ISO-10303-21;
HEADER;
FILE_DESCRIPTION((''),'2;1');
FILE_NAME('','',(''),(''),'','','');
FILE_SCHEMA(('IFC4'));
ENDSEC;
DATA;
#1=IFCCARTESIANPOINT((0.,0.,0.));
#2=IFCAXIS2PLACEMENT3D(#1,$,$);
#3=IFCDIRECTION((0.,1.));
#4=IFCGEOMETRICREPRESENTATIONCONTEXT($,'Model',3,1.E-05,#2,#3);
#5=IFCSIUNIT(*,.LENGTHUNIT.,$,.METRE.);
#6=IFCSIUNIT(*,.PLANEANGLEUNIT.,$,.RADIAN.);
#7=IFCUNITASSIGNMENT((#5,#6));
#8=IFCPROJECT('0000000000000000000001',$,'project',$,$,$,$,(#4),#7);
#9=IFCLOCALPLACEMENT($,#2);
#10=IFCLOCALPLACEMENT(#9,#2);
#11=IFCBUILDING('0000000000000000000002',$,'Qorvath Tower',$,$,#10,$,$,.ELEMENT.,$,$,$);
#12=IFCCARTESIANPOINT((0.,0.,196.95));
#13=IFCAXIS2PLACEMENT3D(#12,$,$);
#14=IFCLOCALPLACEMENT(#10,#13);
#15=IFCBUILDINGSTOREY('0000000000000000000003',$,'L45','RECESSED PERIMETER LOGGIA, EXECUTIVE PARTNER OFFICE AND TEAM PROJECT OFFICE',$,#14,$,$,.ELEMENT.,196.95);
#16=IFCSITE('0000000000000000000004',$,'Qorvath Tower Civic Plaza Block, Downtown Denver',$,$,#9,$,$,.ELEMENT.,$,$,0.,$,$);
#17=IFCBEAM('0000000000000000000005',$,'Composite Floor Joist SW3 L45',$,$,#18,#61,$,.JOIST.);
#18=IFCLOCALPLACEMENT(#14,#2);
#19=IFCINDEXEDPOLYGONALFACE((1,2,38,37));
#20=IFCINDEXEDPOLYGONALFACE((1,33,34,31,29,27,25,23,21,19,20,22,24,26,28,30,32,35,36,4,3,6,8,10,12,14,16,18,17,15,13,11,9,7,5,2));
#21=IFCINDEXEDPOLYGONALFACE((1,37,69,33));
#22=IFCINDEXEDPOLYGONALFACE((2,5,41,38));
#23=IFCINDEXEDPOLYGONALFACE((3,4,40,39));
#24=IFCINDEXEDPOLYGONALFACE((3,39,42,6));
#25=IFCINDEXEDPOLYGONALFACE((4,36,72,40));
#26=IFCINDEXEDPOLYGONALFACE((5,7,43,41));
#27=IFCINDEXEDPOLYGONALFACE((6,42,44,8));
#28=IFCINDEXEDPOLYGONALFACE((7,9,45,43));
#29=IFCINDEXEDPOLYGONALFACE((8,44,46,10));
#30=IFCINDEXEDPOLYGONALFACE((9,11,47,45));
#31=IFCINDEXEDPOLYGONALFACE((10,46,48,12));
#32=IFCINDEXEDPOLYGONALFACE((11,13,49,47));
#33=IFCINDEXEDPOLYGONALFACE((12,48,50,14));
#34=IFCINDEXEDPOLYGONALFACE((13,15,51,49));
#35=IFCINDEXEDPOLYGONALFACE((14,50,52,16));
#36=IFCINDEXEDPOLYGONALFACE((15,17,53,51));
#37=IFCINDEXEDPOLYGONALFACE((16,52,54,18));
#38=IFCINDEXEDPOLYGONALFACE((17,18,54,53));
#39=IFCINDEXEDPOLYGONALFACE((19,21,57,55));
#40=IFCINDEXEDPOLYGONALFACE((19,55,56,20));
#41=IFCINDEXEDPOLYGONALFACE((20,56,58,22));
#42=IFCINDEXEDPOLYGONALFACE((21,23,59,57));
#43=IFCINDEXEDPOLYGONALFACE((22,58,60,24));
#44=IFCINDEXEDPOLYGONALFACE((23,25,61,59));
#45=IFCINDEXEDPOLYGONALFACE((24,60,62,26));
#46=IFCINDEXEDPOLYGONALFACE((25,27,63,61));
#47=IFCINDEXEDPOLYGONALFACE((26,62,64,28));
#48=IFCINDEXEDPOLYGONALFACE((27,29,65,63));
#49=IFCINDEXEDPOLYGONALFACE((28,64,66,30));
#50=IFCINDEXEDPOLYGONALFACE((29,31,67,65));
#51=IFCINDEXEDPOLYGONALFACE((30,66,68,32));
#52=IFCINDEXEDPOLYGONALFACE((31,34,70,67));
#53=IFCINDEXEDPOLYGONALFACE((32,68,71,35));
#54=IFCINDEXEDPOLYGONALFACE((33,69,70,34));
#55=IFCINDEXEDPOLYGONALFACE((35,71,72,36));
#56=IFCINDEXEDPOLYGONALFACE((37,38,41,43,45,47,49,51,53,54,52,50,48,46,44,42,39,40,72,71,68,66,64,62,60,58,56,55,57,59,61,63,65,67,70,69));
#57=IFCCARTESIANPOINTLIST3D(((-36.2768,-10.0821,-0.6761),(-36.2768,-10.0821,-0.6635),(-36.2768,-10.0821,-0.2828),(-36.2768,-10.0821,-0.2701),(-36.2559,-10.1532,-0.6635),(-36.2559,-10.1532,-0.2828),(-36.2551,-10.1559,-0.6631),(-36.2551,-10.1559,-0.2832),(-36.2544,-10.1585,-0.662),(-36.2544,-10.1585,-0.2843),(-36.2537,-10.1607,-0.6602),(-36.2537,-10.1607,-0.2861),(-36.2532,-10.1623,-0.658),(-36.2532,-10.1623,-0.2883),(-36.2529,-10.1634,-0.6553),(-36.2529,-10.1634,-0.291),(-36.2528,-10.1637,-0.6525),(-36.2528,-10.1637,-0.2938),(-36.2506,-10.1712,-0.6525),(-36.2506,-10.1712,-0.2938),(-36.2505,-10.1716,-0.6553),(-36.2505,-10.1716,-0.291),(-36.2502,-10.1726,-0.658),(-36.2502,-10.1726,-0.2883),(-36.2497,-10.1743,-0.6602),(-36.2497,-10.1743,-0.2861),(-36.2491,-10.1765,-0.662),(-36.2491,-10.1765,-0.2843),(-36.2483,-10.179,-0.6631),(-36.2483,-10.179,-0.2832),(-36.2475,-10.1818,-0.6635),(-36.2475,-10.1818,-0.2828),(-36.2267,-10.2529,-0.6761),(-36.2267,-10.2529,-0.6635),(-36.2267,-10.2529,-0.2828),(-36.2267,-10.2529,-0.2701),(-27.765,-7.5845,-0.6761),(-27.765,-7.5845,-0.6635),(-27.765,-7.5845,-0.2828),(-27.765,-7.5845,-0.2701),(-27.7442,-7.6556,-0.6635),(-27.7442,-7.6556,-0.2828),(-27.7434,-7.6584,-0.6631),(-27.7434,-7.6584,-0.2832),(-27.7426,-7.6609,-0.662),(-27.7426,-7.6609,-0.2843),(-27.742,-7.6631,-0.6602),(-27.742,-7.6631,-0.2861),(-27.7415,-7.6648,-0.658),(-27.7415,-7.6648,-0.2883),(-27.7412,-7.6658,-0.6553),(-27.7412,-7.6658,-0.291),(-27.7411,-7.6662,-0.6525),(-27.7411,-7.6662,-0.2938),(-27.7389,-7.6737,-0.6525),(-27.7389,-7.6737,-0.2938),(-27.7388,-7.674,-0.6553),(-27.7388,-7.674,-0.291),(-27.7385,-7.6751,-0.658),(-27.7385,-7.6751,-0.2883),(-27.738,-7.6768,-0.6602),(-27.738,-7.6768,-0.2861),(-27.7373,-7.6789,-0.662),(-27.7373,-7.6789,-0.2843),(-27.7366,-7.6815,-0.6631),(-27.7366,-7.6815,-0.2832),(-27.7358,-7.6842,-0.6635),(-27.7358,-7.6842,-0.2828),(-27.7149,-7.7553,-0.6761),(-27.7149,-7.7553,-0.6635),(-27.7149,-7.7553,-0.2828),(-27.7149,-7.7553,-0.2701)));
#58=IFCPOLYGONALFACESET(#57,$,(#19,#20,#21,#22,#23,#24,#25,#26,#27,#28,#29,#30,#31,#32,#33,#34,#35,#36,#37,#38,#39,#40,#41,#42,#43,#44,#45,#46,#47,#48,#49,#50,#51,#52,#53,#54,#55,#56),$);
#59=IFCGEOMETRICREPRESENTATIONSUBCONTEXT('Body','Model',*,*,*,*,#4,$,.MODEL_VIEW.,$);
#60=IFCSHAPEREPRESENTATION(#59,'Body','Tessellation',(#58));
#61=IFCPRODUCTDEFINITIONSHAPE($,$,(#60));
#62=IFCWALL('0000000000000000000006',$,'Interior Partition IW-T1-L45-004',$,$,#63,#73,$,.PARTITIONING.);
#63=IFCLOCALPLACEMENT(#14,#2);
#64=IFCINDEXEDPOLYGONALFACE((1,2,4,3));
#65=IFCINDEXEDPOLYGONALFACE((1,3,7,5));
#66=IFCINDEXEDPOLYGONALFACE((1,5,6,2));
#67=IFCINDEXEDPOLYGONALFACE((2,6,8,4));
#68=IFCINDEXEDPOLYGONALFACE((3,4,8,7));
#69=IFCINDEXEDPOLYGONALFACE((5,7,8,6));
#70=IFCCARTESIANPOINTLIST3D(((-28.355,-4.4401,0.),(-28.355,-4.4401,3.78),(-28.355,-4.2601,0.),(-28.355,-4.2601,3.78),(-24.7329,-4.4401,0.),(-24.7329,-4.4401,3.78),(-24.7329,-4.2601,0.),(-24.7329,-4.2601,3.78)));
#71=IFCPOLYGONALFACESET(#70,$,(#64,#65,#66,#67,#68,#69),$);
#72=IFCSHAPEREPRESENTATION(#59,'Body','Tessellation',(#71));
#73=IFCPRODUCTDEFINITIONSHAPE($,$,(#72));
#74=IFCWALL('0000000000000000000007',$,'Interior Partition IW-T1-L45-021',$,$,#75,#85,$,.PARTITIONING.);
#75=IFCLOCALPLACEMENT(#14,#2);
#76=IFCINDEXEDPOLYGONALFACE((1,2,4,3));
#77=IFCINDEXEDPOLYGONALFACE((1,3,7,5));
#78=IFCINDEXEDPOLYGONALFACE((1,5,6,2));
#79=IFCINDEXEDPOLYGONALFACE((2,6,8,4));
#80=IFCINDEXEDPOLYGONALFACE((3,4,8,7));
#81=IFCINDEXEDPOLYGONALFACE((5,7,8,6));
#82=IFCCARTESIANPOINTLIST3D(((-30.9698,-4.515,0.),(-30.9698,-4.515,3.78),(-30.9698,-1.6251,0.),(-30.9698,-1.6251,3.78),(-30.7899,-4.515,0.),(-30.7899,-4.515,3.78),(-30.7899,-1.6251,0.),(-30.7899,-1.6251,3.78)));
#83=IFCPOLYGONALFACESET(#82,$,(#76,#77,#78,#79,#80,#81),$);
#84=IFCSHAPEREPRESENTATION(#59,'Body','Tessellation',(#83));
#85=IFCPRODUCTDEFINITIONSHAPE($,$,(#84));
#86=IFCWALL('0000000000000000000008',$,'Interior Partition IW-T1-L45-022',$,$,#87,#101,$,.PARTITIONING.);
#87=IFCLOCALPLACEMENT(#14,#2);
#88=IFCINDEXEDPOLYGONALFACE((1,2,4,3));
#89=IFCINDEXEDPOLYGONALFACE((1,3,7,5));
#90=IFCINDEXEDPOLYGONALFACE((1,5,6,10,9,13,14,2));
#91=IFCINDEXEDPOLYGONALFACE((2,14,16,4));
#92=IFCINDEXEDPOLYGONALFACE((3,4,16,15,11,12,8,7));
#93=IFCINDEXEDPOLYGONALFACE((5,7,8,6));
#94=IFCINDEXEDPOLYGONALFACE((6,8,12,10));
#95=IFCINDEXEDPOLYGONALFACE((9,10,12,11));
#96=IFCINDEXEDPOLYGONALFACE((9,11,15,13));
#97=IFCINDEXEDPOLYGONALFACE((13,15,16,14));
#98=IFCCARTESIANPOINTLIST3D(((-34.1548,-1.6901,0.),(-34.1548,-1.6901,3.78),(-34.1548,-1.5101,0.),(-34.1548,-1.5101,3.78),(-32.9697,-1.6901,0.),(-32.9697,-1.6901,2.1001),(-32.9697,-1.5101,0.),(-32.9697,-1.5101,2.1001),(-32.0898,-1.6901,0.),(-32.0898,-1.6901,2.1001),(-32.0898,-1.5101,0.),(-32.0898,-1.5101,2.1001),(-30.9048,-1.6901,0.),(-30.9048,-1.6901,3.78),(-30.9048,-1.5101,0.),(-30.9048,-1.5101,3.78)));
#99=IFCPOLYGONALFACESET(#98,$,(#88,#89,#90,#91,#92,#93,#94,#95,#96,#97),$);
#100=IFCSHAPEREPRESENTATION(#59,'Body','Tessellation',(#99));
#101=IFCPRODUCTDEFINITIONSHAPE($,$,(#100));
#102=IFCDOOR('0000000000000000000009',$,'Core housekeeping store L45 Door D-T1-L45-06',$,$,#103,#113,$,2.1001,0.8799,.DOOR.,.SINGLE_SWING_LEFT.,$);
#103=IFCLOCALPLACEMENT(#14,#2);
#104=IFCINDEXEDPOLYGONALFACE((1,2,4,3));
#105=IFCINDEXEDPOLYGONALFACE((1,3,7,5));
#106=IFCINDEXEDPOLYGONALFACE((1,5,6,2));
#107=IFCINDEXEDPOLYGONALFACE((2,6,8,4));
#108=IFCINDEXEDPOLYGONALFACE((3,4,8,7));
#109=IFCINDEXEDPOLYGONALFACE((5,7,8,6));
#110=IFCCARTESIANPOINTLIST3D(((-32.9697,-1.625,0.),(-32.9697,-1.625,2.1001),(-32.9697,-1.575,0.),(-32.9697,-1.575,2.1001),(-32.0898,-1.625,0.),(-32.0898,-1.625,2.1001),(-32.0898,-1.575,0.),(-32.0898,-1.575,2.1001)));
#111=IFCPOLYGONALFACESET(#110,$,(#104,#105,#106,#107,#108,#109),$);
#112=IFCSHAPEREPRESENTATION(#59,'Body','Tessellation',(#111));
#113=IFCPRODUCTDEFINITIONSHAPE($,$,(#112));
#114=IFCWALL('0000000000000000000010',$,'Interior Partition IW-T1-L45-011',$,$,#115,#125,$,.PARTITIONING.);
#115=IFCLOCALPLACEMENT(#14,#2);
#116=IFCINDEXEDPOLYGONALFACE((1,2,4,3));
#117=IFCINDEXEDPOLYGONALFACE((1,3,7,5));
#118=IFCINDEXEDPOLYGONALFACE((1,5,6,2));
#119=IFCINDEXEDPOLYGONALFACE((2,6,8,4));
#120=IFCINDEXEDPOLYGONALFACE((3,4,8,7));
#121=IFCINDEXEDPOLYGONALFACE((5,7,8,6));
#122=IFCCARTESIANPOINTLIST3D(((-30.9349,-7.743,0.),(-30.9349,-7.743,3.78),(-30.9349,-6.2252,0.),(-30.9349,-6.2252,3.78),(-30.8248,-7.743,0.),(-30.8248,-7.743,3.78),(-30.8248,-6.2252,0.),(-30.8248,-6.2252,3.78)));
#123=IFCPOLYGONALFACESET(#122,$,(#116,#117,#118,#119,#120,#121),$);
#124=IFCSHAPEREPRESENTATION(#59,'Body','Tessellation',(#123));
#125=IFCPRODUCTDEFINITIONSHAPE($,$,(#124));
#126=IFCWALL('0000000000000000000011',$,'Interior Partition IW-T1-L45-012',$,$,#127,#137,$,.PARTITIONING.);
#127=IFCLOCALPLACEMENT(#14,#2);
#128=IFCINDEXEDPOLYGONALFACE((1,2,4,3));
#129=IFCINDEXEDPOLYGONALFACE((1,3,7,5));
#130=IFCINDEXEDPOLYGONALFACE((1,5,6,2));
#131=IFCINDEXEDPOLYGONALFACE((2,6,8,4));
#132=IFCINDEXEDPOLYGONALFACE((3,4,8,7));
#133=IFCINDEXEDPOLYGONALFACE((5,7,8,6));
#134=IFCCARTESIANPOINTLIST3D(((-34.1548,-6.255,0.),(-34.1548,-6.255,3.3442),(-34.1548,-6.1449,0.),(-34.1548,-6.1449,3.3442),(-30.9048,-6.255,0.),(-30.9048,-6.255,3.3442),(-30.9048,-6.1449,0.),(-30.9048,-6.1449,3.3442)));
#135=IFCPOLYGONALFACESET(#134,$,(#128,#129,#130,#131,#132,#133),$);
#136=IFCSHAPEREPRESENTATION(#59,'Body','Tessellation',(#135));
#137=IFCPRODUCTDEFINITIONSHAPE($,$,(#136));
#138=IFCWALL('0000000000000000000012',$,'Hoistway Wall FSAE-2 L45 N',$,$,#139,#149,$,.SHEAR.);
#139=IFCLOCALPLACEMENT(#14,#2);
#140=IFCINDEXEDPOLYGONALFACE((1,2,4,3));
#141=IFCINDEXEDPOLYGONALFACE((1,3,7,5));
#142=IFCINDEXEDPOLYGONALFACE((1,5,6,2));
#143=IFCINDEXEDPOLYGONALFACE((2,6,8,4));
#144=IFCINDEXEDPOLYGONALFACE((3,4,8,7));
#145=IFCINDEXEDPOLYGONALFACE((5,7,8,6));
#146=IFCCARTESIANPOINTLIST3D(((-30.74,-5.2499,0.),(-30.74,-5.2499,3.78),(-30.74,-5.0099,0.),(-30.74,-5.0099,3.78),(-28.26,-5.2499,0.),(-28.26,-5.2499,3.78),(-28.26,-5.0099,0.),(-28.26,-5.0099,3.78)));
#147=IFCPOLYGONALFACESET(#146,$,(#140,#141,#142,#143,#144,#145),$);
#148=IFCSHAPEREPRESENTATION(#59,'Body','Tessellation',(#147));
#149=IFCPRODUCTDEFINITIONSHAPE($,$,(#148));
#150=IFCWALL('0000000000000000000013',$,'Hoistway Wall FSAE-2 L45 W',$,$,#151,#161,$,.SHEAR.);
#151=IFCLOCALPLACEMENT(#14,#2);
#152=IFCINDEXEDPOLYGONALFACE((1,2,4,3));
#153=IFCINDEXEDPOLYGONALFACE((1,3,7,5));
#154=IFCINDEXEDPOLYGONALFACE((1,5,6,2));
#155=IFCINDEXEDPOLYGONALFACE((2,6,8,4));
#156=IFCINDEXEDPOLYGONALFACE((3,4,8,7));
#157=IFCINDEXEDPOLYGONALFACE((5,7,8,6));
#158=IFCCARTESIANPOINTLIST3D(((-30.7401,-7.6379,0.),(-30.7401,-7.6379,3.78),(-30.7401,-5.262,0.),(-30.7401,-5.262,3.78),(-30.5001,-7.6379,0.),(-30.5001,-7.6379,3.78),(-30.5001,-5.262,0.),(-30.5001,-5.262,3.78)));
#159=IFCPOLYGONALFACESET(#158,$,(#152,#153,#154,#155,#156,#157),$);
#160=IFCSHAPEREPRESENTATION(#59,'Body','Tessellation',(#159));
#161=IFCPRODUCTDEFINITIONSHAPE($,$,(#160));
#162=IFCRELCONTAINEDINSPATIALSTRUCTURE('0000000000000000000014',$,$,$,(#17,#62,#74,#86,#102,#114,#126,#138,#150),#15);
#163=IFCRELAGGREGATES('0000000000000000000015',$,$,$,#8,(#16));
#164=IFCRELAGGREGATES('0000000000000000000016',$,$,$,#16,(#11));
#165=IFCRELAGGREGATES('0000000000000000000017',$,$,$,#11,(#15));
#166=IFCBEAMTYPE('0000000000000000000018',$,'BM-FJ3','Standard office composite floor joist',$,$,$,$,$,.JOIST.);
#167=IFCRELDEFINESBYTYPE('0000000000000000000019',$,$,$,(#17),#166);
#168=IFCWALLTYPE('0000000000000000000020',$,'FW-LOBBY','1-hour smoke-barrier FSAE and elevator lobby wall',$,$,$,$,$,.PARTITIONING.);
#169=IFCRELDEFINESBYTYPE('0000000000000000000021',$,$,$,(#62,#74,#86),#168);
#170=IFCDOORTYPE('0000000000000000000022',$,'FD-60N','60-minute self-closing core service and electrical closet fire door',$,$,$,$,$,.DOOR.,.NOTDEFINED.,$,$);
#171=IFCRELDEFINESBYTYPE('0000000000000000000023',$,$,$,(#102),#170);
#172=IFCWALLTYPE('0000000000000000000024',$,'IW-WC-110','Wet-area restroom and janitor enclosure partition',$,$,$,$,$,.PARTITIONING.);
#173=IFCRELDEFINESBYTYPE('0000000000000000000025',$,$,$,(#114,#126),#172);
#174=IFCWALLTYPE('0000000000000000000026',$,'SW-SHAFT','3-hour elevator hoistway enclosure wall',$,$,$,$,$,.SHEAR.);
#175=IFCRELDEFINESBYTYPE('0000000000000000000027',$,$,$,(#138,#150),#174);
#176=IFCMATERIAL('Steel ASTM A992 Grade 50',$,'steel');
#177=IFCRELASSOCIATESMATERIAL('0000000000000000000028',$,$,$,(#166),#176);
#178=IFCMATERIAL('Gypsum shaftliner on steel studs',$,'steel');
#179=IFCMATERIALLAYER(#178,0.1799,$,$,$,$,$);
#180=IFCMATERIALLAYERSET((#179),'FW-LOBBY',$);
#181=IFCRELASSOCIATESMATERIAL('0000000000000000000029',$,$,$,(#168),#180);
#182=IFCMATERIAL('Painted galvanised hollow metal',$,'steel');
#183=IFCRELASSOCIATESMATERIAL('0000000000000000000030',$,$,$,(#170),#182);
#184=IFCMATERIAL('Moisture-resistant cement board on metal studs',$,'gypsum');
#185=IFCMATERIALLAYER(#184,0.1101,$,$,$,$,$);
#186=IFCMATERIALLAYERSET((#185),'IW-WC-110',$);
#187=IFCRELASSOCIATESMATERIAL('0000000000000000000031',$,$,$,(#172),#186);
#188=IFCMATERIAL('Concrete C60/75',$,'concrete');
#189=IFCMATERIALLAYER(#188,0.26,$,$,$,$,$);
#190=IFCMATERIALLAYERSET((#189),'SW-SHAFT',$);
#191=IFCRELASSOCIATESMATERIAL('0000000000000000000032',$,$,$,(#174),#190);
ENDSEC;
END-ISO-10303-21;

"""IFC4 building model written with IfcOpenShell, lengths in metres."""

from ifc_helpers import new_model, si_unit, direction, frame, frame_2d, origin, origin_2d, place, context, subcontext, project, spatial, rectangle, i_section, extrude, material, layer, layer_set, material_profile, profile_set, type_object, element, fill, save


model = new_model("IFC4")

# Units and contexts
model_context = context("Model", 3, precision=1e-05, world=origin(), true_north=direction((0.0, 1.0)))
body_context = subcontext(model_context, "Body", "Model", "MODEL_VIEW")
ifc_project = project(units=[si_unit("LENGTHUNIT", "METRE"), si_unit("PLANEANGLEUNIT", "RADIAN")], contexts=[model_context])

# Site, building, storey
site_placement = place(None, origin())
site = spatial("IfcSite", under=ifc_project, at=site_placement, Name="Qorvath Tower Civic Plaza Block, Downtown Denver", CompositionType="ELEMENT", RefElevation=0.0)
building_placement = place(site_placement, origin())
building = spatial("IfcBuilding", under=site, at=building_placement, Name="Qorvath Tower", CompositionType="ELEMENT")
storey_placement = place(building_placement, frame((0.0, 0.0, 196.95)))
storey = spatial("IfcBuildingStorey", under=building, at=storey_placement, Name="L45", Description="RECESSED PERIMETER LOGGIA, EXECUTIVE PARTNER OFFICE AND TEAM PROJECT OFFICE", CompositionType="ELEMENT", Elevation=196.95)

# Beam
ifc_material_1 = material(Name="Steel ASTM A992 Grade 50", Category="steel")
ifc_material_profile_1 = material_profile(ifc_material_1, i_section(OverallWidth=0.178, OverallDepth=0.406, WebThickness=0.0078, FlangeThickness=0.0127, FilletRadius=0.011, at=origin_2d()), Name="W16x40")
ifc_profile_set_1 = profile_set([ifc_material_profile_1], Name="Steel ASTM A992 Grade 50")
beam_type_1 = type_object("IfcBeamType", Name="BM-FJ3", Description="Standard office composite floor joist", PredefinedType="JOIST", material=ifc_profile_set_1)
beam_1_placement = place(storey_placement, frame((-27.74, -7.6699, -0.4731), z_axis=(-0.959545, -0.281555, 0.0), x_axis=(0.281555, -0.959545, 0.0)))
element("IfcBeam", 1, at=beam_1_placement, inside=storey, type_object=beam_type_1, Name="Composite Floor Joist SW3 L45", PredefinedType="JOIST", context=body_context, shape_type="SweptSolid", body=[
    extrude(i_section(OverallWidth=0.178, OverallDepth=0.406, WebThickness=0.0078, FlangeThickness=0.0127, FilletRadius=0.011, at=origin_2d()), origin(), (0.0, 0.0, 1.0), 8.8706),
])

# Walls
ifc_material_2 = material(Name="Gypsum shaftliner on steel studs", Category="steel")
ifc_layer_1 = layer(ifc_material_2, 0.1799)
ifc_layer_set_1 = layer_set([ifc_layer_1], Name="FW-LOBBY")
wall_type_1 = type_object("IfcWallType", Name="FW-LOBBY", Description="1-hour smoke-barrier FSAE and elevator lobby wall", PredefinedType="PARTITIONING", material=ifc_layer_set_1)
wall_1_placement = place(storey_placement, frame((-24.7329, -4.3501, 0.0), z_axis=(0.0, 0.0, 1.0), x_axis=(-1.0, 0.0, 0.0)))
element("IfcWall", 2, at=wall_1_placement, inside=storey, type_object=wall_type_1, Name="Interior Partition IW-T1-L45-004", PredefinedType="PARTITIONING", context=body_context, shape_type="SweptSolid", body=[
    extrude(rectangle(XDim=3.6221, YDim=0.1799, at=frame_2d((1.811, 0.0))), origin(), (0.0, 0.0, 1.0), 3.78),
])
wall_2_placement = place(storey_placement, frame((-30.8799, -4.5149, 0.0), z_axis=(0.0, 0.0, 1.0), x_axis=(0.0, 1.0, 0.0)))
element("IfcWall", 3, at=wall_2_placement, inside=storey, type_object=wall_type_1, Name="Interior Partition IW-T1-L45-021", PredefinedType="PARTITIONING", context=body_context, shape_type="SweptSolid", body=[
    extrude(rectangle(XDim=2.8899, YDim=0.1799, at=frame_2d((1.4448, 0.0))), origin(), (0.0, 0.0, 1.0), 3.78),
])

# Wall, opening, door
wall_3_placement = place(storey_placement, frame((-30.9048, -1.6001, 0.0), z_axis=(0.0, 0.0, 1.0), x_axis=(-1.0, 0.0, 0.0)))
wall_3 = element("IfcWall", 4, at=wall_3_placement, inside=storey, type_object=wall_type_1, Name="Interior Partition IW-T1-L45-022", PredefinedType="PARTITIONING", context=body_context, shape_type="SweptSolid", body=[
    extrude(rectangle(XDim=3.25, YDim=0.1799, at=frame_2d((1.625, 0.0))), origin(), (0.0, 0.0, 1.0), 3.78),
])
opening_1_placement = place(wall_3_placement, frame((1.1851, 0.0, 0.0)))
opening_1 = element("IfcOpeningElement", 5, at=opening_1_placement, cuts=wall_3, PredefinedType="OPENING", context=body_context, shape_type="SweptSolid", body=[
    extrude(rectangle(XDim=0.8799, YDim=2.1001, at=frame_2d((0.4399, 1.05))), frame((0.0, 0.1001, 0.0), z_axis=(0.0, -1.0, 0.0), x_axis=(1.0, 0.0, 0.0)), (0.0, 0.0, 1.0), 0.2),
])
ifc_material_3 = material(Name="Painted galvanised hollow metal", Category="steel")
door_type_1 = type_object("IfcDoorType", Name="FD-60N", Description="60-minute self-closing core service and electrical closet fire door", OperationType="NOTDEFINED", PredefinedType="DOOR", material=ifc_material_3)
door_1_placement = place(opening_1_placement, origin())
door_1 = element("IfcDoor", 6, at=door_1_placement, inside=storey, type_object=door_type_1, Name="Core housekeeping store L45 Door D-T1-L45-06", OperationType="SINGLE_SWING_LEFT", OverallHeight=2.1001, OverallWidth=0.8799, PredefinedType="DOOR", context=body_context, shape_type="SweptSolid", body=[
    extrude(rectangle(XDim=0.8799, YDim=2.1001, at=frame_2d((0.4399, 1.05))), frame((0.0, 0.0249, 0.0), z_axis=(0.0, -1.0, 0.0), x_axis=(1.0, 0.0, 0.0)), (0.0, 0.0, 1.0), 0.05),
])
fill(opening_1, door_1)

# Walls
ifc_material_4 = material(Name="Moisture-resistant cement board on metal studs", Category="gypsum")
ifc_layer_2 = layer(ifc_material_4, 0.1101)
ifc_layer_set_2 = layer_set([ifc_layer_2], Name="IW-WC-110")
wall_type_2 = type_object("IfcWallType", Name="IW-WC-110", Description="Wet-area restroom and janitor enclosure partition", PredefinedType="PARTITIONING", material=ifc_layer_set_2)
wall_4_placement = place(storey_placement, frame((-30.8799, -7.7429, 0.0), z_axis=(0.0, 0.0, 1.0), x_axis=(0.0, 1.0, 0.0)))
element("IfcWall", 7, at=wall_4_placement, inside=storey, type_object=wall_type_2, Name="Interior Partition IW-T1-L45-011", PredefinedType="PARTITIONING", context=body_context, shape_type="SweptSolid", body=[
    extrude(rectangle(XDim=1.5178, YDim=0.1101, at=frame_2d((0.7588, 0.0))), origin(), (0.0, 0.0, 1.0), 3.78),
])
wall_5_placement = place(storey_placement, frame((-30.9048, -6.2, 0.0), z_axis=(0.0, 0.0, 1.0), x_axis=(-1.0, 0.0, 0.0)))
element("IfcWall", 8, at=wall_5_placement, inside=storey, type_object=wall_type_2, Name="Interior Partition IW-T1-L45-012", PredefinedType="PARTITIONING", context=body_context, shape_type="SweptSolid", body=[
    extrude(rectangle(XDim=3.25, YDim=0.1101, at=frame_2d((1.625, 0.0))), origin(), (0.0, 0.0, 1.0), 3.3442),
])
ifc_material_5 = material(Name="Concrete C60/75", Category="concrete")
ifc_layer_3 = layer(ifc_material_5, 0.26)
ifc_layer_set_3 = layer_set([ifc_layer_3], Name="SW-SHAFT")
wall_type_3 = type_object("IfcWallType", Name="SW-SHAFT", Description="3-hour elevator hoistway enclosure wall", PredefinedType="SHEAR", material=ifc_layer_set_3)
wall_6_placement = place(storey_placement, frame((-30.74, -5.1299, 0.0), z_axis=(0.0, 0.0, 1.0), x_axis=(1.0, 0.0, 0.0)))
element("IfcWall", 9, at=wall_6_placement, inside=storey, type_object=wall_type_3, Name="Hoistway Wall FSAE-2 L45 N", PredefinedType="SHEAR", context=body_context, shape_type="SweptSolid", body=[
    extrude(rectangle(XDim=2.48, YDim=0.24, at=frame_2d((1.24, 0.0))), origin(), (0.0, 0.0, 1.0), 3.78),
])
wall_7_placement = place(storey_placement, frame((-30.6201, -7.6379, 0.0), z_axis=(0.0, 0.0, 1.0), x_axis=(0.0, 1.0, 0.0)))
element("IfcWall", 10, at=wall_7_placement, inside=storey, type_object=wall_type_3, Name="Hoistway Wall FSAE-2 L45 W", PredefinedType="SHEAR", context=body_context, shape_type="SweptSolid", body=[
    extrude(rectangle(XDim=2.376, YDim=0.24, at=frame_2d((1.188, 0.0))), origin(), (0.0, 0.0, 1.0), 3.78),
])

save(model, "model.ifc")
